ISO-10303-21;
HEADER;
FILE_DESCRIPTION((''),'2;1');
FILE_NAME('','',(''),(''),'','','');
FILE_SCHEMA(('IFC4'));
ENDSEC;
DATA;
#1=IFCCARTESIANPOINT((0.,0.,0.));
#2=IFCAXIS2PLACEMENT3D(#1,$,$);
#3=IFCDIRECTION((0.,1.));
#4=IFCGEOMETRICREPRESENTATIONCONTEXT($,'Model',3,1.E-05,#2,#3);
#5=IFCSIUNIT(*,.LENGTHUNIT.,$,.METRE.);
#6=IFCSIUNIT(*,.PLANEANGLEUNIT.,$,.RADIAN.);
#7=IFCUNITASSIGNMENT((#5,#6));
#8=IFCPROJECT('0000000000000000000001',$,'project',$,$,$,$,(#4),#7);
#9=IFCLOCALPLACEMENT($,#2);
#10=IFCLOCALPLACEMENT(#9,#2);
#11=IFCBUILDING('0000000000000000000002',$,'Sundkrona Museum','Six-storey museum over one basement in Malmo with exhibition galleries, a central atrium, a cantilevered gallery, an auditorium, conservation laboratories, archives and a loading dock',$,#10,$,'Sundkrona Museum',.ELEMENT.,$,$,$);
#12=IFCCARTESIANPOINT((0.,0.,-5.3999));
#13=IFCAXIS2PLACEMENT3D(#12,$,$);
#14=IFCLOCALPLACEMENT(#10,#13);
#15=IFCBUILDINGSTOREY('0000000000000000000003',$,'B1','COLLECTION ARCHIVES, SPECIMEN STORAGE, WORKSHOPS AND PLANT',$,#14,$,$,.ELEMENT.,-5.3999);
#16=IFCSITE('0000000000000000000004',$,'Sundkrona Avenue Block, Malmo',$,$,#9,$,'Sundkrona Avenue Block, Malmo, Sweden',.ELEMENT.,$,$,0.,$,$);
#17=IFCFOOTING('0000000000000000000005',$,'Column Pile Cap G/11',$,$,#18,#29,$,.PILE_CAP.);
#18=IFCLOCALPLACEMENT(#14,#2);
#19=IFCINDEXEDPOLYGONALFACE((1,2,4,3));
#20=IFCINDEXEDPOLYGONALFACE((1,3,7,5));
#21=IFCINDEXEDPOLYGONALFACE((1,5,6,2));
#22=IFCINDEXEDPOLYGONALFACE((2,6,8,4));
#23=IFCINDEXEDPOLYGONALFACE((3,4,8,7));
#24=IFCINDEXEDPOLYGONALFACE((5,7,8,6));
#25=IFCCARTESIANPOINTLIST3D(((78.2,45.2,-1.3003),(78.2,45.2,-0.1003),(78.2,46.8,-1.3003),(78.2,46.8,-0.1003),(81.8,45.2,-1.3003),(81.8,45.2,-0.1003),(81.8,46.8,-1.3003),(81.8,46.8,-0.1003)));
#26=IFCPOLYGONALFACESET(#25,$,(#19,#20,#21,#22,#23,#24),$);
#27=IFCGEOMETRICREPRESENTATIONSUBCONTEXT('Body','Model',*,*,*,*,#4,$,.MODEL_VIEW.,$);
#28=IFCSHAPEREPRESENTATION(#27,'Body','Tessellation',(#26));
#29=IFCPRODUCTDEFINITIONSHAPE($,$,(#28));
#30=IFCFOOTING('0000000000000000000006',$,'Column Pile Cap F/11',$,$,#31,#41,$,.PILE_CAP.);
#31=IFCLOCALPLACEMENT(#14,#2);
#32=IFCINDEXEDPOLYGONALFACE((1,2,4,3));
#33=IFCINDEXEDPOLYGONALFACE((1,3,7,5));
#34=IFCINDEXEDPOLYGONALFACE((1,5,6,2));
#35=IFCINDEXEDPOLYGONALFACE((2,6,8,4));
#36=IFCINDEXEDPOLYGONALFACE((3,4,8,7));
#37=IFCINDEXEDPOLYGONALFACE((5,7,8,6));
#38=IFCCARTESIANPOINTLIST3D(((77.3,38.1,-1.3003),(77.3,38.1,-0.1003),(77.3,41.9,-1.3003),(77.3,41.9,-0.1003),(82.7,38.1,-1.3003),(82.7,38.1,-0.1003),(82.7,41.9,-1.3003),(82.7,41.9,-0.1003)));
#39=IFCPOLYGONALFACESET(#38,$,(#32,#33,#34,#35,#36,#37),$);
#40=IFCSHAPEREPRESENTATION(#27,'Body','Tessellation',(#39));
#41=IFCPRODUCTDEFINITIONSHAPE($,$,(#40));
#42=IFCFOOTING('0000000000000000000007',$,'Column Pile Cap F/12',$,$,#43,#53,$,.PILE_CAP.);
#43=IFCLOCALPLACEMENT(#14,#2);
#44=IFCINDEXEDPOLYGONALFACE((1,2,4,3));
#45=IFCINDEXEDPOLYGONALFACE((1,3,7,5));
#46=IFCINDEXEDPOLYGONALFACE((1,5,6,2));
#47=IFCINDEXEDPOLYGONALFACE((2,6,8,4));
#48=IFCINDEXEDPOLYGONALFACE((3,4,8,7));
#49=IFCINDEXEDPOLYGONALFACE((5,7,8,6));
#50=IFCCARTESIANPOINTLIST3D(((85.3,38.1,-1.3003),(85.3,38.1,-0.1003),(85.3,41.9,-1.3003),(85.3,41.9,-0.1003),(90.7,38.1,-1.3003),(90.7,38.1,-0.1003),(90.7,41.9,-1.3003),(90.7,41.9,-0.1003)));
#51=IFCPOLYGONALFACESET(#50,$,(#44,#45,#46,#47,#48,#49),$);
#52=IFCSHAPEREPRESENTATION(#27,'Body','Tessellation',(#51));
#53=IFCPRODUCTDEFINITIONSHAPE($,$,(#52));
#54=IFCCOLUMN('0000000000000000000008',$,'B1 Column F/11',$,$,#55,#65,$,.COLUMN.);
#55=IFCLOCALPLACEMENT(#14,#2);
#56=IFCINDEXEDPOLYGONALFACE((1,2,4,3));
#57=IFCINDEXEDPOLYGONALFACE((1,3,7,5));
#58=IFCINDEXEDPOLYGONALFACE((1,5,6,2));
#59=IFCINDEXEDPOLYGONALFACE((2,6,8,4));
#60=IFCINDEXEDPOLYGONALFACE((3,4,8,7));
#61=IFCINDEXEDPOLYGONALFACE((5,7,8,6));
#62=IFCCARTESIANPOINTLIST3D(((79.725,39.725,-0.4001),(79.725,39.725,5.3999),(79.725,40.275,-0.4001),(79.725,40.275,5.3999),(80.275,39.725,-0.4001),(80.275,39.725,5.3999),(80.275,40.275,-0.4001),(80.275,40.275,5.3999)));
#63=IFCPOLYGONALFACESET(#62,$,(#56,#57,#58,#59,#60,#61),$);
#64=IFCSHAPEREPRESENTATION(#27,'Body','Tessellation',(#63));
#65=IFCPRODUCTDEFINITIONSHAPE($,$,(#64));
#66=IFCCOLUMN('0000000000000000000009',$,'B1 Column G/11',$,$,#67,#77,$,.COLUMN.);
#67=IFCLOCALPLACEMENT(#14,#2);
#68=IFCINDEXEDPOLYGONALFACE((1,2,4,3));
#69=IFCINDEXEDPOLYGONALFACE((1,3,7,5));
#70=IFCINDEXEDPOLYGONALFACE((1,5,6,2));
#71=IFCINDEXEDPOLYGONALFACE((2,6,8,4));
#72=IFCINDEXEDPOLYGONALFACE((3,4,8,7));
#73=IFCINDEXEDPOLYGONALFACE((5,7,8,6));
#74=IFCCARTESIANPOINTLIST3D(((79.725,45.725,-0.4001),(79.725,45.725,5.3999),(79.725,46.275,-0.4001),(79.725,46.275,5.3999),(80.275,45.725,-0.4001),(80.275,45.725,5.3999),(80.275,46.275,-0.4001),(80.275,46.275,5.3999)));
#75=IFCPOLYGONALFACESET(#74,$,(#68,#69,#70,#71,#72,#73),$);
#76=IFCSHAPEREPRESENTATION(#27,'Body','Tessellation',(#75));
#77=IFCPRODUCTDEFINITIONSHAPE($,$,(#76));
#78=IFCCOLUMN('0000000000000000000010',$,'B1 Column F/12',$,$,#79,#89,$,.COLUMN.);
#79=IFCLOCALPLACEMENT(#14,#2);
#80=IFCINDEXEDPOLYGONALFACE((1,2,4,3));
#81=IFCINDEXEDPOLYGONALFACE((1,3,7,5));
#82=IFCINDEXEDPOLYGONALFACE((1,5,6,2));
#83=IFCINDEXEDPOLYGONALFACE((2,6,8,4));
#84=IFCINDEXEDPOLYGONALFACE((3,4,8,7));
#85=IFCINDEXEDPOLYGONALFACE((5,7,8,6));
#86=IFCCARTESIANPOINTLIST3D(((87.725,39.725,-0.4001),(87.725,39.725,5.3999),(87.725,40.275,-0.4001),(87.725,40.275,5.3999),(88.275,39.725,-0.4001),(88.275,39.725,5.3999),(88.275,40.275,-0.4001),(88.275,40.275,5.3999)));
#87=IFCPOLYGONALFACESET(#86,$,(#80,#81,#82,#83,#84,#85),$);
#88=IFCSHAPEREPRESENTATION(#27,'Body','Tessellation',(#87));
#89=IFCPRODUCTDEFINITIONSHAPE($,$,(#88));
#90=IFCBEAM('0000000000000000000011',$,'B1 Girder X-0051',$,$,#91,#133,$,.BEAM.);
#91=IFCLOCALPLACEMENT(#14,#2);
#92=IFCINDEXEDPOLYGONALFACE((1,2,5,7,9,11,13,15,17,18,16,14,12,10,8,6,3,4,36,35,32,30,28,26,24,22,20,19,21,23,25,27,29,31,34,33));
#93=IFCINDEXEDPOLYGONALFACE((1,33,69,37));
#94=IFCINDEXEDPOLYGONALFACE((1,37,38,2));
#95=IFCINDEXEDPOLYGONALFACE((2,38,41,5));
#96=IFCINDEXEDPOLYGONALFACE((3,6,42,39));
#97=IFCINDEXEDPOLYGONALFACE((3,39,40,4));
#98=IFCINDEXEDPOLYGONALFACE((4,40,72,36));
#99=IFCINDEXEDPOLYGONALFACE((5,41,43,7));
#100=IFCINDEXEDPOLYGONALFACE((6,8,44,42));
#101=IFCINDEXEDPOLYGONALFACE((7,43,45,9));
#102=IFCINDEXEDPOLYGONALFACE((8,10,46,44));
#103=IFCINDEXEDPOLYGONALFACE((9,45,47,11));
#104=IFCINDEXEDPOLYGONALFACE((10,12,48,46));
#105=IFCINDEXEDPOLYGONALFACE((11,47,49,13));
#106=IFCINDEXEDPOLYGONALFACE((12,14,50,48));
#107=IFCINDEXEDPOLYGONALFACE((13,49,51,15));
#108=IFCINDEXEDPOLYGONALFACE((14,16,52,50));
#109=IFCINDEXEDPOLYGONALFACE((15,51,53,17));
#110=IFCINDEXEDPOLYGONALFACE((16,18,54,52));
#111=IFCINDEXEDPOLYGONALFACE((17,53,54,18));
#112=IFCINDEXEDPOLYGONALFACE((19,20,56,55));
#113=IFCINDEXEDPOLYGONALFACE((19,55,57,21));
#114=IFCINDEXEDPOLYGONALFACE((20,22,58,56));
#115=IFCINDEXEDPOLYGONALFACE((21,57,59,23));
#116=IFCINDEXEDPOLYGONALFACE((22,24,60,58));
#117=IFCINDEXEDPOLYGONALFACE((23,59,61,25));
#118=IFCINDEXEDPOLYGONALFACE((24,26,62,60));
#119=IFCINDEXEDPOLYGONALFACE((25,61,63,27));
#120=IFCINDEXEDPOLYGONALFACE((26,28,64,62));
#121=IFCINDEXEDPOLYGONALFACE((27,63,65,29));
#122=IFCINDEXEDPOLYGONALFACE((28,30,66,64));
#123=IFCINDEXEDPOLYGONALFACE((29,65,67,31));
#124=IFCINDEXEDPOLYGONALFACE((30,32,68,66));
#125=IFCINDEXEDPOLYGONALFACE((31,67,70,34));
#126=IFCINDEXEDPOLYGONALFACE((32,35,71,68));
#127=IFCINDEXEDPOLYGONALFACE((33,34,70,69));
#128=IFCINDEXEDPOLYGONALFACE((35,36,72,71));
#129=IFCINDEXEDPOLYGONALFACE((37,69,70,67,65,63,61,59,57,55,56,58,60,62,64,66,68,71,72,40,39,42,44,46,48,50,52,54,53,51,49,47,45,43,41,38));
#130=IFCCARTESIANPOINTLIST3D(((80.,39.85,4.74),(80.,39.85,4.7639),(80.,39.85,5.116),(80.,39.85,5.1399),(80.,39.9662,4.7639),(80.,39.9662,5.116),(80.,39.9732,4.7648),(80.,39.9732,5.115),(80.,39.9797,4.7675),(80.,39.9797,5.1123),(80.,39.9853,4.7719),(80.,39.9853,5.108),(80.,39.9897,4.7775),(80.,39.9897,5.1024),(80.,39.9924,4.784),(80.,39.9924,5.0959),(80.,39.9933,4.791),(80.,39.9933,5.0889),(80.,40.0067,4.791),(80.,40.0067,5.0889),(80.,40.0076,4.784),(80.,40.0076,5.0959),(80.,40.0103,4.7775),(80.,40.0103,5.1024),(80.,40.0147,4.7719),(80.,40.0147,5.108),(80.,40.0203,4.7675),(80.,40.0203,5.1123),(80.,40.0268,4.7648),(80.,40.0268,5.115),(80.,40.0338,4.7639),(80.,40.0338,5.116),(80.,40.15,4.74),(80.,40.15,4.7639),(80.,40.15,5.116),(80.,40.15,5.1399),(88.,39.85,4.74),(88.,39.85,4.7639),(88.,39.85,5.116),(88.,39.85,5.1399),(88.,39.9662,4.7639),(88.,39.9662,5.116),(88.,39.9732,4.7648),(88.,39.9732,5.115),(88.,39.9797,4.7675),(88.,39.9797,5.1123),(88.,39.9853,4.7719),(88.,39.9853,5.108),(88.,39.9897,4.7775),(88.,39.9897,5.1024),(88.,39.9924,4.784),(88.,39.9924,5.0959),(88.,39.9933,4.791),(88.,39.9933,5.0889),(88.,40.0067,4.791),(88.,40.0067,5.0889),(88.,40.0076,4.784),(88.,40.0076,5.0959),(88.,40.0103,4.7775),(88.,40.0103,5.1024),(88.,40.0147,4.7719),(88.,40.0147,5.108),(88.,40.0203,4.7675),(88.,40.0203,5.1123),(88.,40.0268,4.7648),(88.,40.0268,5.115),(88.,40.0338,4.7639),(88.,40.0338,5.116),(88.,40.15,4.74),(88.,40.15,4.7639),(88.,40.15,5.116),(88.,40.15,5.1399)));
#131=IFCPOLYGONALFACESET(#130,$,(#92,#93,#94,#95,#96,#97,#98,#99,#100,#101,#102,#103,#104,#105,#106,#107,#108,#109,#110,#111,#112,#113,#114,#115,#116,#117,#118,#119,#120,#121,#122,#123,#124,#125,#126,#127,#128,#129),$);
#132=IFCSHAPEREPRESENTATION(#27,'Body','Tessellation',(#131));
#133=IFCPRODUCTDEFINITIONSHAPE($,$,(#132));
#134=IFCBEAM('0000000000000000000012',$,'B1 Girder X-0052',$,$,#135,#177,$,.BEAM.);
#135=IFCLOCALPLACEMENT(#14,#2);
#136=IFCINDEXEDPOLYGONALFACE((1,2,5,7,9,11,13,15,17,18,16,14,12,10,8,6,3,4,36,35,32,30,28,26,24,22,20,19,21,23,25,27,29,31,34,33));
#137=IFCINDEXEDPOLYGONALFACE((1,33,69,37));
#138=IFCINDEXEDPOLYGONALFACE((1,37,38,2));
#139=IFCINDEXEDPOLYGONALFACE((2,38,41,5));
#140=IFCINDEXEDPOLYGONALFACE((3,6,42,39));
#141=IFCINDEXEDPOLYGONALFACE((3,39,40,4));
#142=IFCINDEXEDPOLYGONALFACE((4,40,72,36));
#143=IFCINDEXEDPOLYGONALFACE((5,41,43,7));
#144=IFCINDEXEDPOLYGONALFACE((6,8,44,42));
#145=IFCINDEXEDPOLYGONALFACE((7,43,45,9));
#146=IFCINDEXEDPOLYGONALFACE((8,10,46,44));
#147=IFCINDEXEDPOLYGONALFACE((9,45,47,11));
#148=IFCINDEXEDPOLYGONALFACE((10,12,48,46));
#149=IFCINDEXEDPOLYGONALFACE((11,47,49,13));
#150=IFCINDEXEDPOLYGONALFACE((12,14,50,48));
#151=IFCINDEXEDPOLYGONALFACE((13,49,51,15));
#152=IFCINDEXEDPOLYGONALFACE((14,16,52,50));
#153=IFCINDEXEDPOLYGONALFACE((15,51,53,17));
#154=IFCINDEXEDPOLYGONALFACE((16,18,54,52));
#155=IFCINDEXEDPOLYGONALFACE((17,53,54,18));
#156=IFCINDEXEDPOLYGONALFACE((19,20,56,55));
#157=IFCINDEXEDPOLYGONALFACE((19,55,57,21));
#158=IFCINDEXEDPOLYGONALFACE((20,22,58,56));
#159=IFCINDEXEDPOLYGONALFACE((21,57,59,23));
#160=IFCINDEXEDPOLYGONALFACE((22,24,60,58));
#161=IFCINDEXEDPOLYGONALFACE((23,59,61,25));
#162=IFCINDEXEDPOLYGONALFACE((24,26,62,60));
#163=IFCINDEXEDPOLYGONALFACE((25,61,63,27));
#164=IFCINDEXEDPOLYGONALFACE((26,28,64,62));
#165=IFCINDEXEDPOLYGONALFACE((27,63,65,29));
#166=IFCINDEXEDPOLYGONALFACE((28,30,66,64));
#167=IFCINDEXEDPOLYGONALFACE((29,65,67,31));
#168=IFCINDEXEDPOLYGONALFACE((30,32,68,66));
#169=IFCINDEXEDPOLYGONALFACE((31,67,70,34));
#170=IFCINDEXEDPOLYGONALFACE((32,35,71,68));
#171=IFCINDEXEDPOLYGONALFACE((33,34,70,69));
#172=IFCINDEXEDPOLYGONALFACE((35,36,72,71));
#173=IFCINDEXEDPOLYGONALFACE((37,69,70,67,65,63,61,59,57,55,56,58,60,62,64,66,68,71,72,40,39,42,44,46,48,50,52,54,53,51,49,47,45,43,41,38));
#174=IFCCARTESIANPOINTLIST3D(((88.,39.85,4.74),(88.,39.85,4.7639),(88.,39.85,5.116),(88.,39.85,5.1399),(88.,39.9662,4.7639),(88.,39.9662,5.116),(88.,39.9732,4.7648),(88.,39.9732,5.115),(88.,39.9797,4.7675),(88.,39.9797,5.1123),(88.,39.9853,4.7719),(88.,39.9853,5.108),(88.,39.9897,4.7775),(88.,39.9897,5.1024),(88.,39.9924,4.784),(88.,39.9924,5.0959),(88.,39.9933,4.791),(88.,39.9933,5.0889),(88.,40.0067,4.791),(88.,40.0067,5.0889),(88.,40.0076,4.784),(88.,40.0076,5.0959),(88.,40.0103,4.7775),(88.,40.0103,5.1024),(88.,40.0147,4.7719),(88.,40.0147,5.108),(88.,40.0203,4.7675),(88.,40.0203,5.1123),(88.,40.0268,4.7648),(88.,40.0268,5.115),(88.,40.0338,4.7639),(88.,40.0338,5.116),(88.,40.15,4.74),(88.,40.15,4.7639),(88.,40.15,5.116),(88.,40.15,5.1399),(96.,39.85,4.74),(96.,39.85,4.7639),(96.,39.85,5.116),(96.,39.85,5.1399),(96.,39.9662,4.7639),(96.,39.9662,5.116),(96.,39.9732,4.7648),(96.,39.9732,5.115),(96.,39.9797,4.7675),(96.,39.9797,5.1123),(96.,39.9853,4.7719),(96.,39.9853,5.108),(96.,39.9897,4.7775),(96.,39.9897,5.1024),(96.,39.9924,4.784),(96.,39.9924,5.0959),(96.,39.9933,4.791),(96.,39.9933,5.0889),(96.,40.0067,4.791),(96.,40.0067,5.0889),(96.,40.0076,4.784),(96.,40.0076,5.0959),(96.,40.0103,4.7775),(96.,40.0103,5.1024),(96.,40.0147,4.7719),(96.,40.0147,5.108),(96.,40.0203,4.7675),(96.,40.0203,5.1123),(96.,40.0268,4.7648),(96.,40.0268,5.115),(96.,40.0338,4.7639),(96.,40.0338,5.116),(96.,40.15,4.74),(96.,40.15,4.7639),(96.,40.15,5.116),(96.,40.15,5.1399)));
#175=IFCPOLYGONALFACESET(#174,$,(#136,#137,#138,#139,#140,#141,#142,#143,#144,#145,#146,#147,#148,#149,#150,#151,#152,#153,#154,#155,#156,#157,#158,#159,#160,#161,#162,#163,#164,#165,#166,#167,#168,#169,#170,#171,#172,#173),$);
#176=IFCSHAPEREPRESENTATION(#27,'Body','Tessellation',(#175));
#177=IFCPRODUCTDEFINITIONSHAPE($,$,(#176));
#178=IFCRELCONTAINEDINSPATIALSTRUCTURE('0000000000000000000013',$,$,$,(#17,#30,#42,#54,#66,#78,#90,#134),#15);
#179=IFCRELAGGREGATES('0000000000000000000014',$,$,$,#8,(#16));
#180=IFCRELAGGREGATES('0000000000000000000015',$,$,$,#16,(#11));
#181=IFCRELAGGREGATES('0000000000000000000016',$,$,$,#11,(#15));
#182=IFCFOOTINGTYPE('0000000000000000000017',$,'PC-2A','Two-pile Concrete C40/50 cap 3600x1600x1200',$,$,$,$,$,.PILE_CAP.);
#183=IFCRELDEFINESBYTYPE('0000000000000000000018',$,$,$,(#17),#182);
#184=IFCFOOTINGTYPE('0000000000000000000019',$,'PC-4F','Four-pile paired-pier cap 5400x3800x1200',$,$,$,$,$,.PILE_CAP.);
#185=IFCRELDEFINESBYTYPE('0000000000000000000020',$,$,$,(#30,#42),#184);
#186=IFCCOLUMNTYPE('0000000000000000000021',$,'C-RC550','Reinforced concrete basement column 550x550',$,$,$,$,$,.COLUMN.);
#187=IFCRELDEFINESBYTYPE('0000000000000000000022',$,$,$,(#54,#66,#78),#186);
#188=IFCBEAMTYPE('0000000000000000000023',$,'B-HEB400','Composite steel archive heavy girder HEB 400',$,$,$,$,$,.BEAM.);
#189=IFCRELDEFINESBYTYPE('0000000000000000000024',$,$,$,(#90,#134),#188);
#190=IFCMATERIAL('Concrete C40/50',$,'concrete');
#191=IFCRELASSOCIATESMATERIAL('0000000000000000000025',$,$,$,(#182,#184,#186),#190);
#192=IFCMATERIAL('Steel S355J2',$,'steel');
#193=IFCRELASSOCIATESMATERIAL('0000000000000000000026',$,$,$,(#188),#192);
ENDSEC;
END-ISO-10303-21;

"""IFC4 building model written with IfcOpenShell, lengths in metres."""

from ifc_helpers import new_model, si_unit, direction, frame, origin, origin_2d, place, context, subcontext, project, spatial, rectangle, i_section, extrude, material, material_profile, profile_set, type_object, element, save


model = new_model("IFC4")

# Units and contexts
model_context = context("Model", 3, precision=1e-05, world=origin(), true_north=direction((0.0, 1.0)))
body_context = subcontext(model_context, "Body", "Model", "MODEL_VIEW")
ifc_project = project(units=[si_unit("LENGTHUNIT", "METRE"), si_unit("PLANEANGLEUNIT", "RADIAN")], contexts=[model_context])

# Site, building, storey
site_placement = place(None, origin())
site = spatial("IfcSite", under=ifc_project, at=site_placement, Name="Sundkrona Avenue Block, Malmo", LongName="Sundkrona Avenue Block, Malmo, Sweden", CompositionType="ELEMENT", RefElevation=0.0)
building_placement = place(site_placement, origin())
building = spatial("IfcBuilding", under=site, at=building_placement, Name="Sundkrona Museum", Description="Six-storey museum over one basement in Malmo with exhibition galleries, a central atrium, a cantilevered gallery, an auditorium, conservation laboratories, archives and a loading dock", LongName="Sundkrona Museum", CompositionType="ELEMENT")
storey_placement = place(building_placement, frame((0.0, 0.0, -5.3999)))
storey = spatial("IfcBuildingStorey", under=building, at=storey_placement, Name="B1", Description="COLLECTION ARCHIVES, SPECIMEN STORAGE, WORKSHOPS AND PLANT", CompositionType="ELEMENT", Elevation=-5.3999)

# Shared definitions
ifc_material_1 = material(Name="Concrete C40/50", Category="concrete")

# Footings
footing_type_1 = type_object("IfcFootingType", Name="PC-2A", Description="Two-pile Concrete C40/50 cap 3600x1600x1200", PredefinedType="PILE_CAP", material=ifc_material_1)
footing_1_placement = place(storey_placement, frame((80.0, 46.0, -1.3003), z_axis=(0.0, 0.0, 1.0), x_axis=(1.0, 0.0, 0.0)))
element("IfcFooting", 1, at=footing_1_placement, inside=storey, type_object=footing_type_1, Name="Column Pile Cap G/11", PredefinedType="PILE_CAP", context=body_context, shape_type="SweptSolid", body=[
    extrude(rectangle(XDim=3.6001, YDim=1.6001, at=origin_2d()), origin(), (0.0, 0.0, 1.0), 1.2),
])
footing_type_2 = type_object("IfcFootingType", Name="PC-4F", Description="Four-pile paired-pier cap 5400x3800x1200", PredefinedType="PILE_CAP", material=ifc_material_1)
for number, where, z_axis, x_axis, name in (
    (2, (80.0, 40.0, -1.3003), (0.0, 0.0, 1.0), (1.0, 0.0, 0.0), "Column Pile Cap F/11"),
    (3, (88.0, 40.0, -1.3003), (0.0, 0.0, 1.0), (1.0, 0.0, 0.0), "Column Pile Cap F/12"),
):
    element("IfcFooting", number, at=place(storey_placement, frame(where, z_axis=z_axis, x_axis=x_axis)), inside=storey, type_object=footing_type_2, Name=name, PredefinedType="PILE_CAP", context=body_context, shape_type="SweptSolid", body=[
        extrude(rectangle(XDim=5.3999, YDim=3.8, at=origin_2d()), origin(), (0.0, 0.0, 1.0), 1.2),
    ])

# Columns
ifc_material_profile_1 = material_profile(ifc_material_1, rectangle(XDim=0.55, YDim=0.55, at=origin_2d()), Name="RC 550x550")
ifc_profile_set_1 = profile_set([ifc_material_profile_1], Name="Concrete C40/50")
column_type = type_object("IfcColumnType", Name="C-RC550", Description="Reinforced concrete basement column 550x550", PredefinedType="COLUMN", material=ifc_profile_set_1)
for number, where, z_axis, x_axis, name in (
    (4, (80.0, 40.0, -0.4001), (0.0, 0.0, 1.0), (1.0, 0.0, 0.0), "B1 Column F/11"),
    (5, (80.0, 46.0, -0.4001), (0.0, 0.0, 1.0), (1.0, 0.0, 0.0), "B1 Column G/11"),
    (6, (88.0, 40.0, -0.4001), (0.0, 0.0, 1.0), (1.0, 0.0, 0.0), "B1 Column F/12"),
):
    element("IfcColumn", number, at=place(storey_placement, frame(where, z_axis=z_axis, x_axis=x_axis)), inside=storey, type_object=column_type, Name=name, PredefinedType="COLUMN", context=body_context, shape_type="SweptSolid", body=[
        extrude(rectangle(XDim=0.55, YDim=0.55, at=origin_2d()), origin(), (0.0, 0.0, 1.0), 5.8),
    ])

# Beams
ifc_material_2 = material(Name="Steel S355J2", Category="steel")
ifc_material_profile_2 = material_profile(ifc_material_2, i_section(OverallWidth=0.3, OverallDepth=0.3999, WebThickness=0.0134, FlangeThickness=0.0239, FilletRadius=0.0271, at=origin_2d()), Name="HEB 400")
ifc_profile_set_2 = profile_set([ifc_material_profile_2], Name="Steel S355J2")
beam_type_1 = type_object("IfcBeamType", Name="B-HEB400", Description="Composite steel archive heavy girder HEB 400", PredefinedType="BEAM", material=ifc_profile_set_2)
for number, where, z_axis, x_axis, name in (
    (7, (80.0, 40.0, 4.9399), (1.0, 0.0, 0.0), (0.0, 1.0, 0.0), "B1 Girder X-0051"),
    (8, (88.0, 40.0, 4.9399), (1.0, 0.0, 0.0), (0.0, 1.0, 0.0), "B1 Girder X-0052"),
):
    element("IfcBeam", number, at=place(storey_placement, frame(where, z_axis=z_axis, x_axis=x_axis)), inside=storey, type_object=beam_type_1, Name=name, PredefinedType="BEAM", context=body_context, shape_type="SweptSolid", body=[
        extrude(i_section(OverallWidth=0.3, OverallDepth=0.3999, WebThickness=0.0134, FlangeThickness=0.0239, FilletRadius=0.0271, at=origin_2d()), origin(), (0.0, 0.0, 1.0), 8.0),
    ])

save(model, "model.ifc")
